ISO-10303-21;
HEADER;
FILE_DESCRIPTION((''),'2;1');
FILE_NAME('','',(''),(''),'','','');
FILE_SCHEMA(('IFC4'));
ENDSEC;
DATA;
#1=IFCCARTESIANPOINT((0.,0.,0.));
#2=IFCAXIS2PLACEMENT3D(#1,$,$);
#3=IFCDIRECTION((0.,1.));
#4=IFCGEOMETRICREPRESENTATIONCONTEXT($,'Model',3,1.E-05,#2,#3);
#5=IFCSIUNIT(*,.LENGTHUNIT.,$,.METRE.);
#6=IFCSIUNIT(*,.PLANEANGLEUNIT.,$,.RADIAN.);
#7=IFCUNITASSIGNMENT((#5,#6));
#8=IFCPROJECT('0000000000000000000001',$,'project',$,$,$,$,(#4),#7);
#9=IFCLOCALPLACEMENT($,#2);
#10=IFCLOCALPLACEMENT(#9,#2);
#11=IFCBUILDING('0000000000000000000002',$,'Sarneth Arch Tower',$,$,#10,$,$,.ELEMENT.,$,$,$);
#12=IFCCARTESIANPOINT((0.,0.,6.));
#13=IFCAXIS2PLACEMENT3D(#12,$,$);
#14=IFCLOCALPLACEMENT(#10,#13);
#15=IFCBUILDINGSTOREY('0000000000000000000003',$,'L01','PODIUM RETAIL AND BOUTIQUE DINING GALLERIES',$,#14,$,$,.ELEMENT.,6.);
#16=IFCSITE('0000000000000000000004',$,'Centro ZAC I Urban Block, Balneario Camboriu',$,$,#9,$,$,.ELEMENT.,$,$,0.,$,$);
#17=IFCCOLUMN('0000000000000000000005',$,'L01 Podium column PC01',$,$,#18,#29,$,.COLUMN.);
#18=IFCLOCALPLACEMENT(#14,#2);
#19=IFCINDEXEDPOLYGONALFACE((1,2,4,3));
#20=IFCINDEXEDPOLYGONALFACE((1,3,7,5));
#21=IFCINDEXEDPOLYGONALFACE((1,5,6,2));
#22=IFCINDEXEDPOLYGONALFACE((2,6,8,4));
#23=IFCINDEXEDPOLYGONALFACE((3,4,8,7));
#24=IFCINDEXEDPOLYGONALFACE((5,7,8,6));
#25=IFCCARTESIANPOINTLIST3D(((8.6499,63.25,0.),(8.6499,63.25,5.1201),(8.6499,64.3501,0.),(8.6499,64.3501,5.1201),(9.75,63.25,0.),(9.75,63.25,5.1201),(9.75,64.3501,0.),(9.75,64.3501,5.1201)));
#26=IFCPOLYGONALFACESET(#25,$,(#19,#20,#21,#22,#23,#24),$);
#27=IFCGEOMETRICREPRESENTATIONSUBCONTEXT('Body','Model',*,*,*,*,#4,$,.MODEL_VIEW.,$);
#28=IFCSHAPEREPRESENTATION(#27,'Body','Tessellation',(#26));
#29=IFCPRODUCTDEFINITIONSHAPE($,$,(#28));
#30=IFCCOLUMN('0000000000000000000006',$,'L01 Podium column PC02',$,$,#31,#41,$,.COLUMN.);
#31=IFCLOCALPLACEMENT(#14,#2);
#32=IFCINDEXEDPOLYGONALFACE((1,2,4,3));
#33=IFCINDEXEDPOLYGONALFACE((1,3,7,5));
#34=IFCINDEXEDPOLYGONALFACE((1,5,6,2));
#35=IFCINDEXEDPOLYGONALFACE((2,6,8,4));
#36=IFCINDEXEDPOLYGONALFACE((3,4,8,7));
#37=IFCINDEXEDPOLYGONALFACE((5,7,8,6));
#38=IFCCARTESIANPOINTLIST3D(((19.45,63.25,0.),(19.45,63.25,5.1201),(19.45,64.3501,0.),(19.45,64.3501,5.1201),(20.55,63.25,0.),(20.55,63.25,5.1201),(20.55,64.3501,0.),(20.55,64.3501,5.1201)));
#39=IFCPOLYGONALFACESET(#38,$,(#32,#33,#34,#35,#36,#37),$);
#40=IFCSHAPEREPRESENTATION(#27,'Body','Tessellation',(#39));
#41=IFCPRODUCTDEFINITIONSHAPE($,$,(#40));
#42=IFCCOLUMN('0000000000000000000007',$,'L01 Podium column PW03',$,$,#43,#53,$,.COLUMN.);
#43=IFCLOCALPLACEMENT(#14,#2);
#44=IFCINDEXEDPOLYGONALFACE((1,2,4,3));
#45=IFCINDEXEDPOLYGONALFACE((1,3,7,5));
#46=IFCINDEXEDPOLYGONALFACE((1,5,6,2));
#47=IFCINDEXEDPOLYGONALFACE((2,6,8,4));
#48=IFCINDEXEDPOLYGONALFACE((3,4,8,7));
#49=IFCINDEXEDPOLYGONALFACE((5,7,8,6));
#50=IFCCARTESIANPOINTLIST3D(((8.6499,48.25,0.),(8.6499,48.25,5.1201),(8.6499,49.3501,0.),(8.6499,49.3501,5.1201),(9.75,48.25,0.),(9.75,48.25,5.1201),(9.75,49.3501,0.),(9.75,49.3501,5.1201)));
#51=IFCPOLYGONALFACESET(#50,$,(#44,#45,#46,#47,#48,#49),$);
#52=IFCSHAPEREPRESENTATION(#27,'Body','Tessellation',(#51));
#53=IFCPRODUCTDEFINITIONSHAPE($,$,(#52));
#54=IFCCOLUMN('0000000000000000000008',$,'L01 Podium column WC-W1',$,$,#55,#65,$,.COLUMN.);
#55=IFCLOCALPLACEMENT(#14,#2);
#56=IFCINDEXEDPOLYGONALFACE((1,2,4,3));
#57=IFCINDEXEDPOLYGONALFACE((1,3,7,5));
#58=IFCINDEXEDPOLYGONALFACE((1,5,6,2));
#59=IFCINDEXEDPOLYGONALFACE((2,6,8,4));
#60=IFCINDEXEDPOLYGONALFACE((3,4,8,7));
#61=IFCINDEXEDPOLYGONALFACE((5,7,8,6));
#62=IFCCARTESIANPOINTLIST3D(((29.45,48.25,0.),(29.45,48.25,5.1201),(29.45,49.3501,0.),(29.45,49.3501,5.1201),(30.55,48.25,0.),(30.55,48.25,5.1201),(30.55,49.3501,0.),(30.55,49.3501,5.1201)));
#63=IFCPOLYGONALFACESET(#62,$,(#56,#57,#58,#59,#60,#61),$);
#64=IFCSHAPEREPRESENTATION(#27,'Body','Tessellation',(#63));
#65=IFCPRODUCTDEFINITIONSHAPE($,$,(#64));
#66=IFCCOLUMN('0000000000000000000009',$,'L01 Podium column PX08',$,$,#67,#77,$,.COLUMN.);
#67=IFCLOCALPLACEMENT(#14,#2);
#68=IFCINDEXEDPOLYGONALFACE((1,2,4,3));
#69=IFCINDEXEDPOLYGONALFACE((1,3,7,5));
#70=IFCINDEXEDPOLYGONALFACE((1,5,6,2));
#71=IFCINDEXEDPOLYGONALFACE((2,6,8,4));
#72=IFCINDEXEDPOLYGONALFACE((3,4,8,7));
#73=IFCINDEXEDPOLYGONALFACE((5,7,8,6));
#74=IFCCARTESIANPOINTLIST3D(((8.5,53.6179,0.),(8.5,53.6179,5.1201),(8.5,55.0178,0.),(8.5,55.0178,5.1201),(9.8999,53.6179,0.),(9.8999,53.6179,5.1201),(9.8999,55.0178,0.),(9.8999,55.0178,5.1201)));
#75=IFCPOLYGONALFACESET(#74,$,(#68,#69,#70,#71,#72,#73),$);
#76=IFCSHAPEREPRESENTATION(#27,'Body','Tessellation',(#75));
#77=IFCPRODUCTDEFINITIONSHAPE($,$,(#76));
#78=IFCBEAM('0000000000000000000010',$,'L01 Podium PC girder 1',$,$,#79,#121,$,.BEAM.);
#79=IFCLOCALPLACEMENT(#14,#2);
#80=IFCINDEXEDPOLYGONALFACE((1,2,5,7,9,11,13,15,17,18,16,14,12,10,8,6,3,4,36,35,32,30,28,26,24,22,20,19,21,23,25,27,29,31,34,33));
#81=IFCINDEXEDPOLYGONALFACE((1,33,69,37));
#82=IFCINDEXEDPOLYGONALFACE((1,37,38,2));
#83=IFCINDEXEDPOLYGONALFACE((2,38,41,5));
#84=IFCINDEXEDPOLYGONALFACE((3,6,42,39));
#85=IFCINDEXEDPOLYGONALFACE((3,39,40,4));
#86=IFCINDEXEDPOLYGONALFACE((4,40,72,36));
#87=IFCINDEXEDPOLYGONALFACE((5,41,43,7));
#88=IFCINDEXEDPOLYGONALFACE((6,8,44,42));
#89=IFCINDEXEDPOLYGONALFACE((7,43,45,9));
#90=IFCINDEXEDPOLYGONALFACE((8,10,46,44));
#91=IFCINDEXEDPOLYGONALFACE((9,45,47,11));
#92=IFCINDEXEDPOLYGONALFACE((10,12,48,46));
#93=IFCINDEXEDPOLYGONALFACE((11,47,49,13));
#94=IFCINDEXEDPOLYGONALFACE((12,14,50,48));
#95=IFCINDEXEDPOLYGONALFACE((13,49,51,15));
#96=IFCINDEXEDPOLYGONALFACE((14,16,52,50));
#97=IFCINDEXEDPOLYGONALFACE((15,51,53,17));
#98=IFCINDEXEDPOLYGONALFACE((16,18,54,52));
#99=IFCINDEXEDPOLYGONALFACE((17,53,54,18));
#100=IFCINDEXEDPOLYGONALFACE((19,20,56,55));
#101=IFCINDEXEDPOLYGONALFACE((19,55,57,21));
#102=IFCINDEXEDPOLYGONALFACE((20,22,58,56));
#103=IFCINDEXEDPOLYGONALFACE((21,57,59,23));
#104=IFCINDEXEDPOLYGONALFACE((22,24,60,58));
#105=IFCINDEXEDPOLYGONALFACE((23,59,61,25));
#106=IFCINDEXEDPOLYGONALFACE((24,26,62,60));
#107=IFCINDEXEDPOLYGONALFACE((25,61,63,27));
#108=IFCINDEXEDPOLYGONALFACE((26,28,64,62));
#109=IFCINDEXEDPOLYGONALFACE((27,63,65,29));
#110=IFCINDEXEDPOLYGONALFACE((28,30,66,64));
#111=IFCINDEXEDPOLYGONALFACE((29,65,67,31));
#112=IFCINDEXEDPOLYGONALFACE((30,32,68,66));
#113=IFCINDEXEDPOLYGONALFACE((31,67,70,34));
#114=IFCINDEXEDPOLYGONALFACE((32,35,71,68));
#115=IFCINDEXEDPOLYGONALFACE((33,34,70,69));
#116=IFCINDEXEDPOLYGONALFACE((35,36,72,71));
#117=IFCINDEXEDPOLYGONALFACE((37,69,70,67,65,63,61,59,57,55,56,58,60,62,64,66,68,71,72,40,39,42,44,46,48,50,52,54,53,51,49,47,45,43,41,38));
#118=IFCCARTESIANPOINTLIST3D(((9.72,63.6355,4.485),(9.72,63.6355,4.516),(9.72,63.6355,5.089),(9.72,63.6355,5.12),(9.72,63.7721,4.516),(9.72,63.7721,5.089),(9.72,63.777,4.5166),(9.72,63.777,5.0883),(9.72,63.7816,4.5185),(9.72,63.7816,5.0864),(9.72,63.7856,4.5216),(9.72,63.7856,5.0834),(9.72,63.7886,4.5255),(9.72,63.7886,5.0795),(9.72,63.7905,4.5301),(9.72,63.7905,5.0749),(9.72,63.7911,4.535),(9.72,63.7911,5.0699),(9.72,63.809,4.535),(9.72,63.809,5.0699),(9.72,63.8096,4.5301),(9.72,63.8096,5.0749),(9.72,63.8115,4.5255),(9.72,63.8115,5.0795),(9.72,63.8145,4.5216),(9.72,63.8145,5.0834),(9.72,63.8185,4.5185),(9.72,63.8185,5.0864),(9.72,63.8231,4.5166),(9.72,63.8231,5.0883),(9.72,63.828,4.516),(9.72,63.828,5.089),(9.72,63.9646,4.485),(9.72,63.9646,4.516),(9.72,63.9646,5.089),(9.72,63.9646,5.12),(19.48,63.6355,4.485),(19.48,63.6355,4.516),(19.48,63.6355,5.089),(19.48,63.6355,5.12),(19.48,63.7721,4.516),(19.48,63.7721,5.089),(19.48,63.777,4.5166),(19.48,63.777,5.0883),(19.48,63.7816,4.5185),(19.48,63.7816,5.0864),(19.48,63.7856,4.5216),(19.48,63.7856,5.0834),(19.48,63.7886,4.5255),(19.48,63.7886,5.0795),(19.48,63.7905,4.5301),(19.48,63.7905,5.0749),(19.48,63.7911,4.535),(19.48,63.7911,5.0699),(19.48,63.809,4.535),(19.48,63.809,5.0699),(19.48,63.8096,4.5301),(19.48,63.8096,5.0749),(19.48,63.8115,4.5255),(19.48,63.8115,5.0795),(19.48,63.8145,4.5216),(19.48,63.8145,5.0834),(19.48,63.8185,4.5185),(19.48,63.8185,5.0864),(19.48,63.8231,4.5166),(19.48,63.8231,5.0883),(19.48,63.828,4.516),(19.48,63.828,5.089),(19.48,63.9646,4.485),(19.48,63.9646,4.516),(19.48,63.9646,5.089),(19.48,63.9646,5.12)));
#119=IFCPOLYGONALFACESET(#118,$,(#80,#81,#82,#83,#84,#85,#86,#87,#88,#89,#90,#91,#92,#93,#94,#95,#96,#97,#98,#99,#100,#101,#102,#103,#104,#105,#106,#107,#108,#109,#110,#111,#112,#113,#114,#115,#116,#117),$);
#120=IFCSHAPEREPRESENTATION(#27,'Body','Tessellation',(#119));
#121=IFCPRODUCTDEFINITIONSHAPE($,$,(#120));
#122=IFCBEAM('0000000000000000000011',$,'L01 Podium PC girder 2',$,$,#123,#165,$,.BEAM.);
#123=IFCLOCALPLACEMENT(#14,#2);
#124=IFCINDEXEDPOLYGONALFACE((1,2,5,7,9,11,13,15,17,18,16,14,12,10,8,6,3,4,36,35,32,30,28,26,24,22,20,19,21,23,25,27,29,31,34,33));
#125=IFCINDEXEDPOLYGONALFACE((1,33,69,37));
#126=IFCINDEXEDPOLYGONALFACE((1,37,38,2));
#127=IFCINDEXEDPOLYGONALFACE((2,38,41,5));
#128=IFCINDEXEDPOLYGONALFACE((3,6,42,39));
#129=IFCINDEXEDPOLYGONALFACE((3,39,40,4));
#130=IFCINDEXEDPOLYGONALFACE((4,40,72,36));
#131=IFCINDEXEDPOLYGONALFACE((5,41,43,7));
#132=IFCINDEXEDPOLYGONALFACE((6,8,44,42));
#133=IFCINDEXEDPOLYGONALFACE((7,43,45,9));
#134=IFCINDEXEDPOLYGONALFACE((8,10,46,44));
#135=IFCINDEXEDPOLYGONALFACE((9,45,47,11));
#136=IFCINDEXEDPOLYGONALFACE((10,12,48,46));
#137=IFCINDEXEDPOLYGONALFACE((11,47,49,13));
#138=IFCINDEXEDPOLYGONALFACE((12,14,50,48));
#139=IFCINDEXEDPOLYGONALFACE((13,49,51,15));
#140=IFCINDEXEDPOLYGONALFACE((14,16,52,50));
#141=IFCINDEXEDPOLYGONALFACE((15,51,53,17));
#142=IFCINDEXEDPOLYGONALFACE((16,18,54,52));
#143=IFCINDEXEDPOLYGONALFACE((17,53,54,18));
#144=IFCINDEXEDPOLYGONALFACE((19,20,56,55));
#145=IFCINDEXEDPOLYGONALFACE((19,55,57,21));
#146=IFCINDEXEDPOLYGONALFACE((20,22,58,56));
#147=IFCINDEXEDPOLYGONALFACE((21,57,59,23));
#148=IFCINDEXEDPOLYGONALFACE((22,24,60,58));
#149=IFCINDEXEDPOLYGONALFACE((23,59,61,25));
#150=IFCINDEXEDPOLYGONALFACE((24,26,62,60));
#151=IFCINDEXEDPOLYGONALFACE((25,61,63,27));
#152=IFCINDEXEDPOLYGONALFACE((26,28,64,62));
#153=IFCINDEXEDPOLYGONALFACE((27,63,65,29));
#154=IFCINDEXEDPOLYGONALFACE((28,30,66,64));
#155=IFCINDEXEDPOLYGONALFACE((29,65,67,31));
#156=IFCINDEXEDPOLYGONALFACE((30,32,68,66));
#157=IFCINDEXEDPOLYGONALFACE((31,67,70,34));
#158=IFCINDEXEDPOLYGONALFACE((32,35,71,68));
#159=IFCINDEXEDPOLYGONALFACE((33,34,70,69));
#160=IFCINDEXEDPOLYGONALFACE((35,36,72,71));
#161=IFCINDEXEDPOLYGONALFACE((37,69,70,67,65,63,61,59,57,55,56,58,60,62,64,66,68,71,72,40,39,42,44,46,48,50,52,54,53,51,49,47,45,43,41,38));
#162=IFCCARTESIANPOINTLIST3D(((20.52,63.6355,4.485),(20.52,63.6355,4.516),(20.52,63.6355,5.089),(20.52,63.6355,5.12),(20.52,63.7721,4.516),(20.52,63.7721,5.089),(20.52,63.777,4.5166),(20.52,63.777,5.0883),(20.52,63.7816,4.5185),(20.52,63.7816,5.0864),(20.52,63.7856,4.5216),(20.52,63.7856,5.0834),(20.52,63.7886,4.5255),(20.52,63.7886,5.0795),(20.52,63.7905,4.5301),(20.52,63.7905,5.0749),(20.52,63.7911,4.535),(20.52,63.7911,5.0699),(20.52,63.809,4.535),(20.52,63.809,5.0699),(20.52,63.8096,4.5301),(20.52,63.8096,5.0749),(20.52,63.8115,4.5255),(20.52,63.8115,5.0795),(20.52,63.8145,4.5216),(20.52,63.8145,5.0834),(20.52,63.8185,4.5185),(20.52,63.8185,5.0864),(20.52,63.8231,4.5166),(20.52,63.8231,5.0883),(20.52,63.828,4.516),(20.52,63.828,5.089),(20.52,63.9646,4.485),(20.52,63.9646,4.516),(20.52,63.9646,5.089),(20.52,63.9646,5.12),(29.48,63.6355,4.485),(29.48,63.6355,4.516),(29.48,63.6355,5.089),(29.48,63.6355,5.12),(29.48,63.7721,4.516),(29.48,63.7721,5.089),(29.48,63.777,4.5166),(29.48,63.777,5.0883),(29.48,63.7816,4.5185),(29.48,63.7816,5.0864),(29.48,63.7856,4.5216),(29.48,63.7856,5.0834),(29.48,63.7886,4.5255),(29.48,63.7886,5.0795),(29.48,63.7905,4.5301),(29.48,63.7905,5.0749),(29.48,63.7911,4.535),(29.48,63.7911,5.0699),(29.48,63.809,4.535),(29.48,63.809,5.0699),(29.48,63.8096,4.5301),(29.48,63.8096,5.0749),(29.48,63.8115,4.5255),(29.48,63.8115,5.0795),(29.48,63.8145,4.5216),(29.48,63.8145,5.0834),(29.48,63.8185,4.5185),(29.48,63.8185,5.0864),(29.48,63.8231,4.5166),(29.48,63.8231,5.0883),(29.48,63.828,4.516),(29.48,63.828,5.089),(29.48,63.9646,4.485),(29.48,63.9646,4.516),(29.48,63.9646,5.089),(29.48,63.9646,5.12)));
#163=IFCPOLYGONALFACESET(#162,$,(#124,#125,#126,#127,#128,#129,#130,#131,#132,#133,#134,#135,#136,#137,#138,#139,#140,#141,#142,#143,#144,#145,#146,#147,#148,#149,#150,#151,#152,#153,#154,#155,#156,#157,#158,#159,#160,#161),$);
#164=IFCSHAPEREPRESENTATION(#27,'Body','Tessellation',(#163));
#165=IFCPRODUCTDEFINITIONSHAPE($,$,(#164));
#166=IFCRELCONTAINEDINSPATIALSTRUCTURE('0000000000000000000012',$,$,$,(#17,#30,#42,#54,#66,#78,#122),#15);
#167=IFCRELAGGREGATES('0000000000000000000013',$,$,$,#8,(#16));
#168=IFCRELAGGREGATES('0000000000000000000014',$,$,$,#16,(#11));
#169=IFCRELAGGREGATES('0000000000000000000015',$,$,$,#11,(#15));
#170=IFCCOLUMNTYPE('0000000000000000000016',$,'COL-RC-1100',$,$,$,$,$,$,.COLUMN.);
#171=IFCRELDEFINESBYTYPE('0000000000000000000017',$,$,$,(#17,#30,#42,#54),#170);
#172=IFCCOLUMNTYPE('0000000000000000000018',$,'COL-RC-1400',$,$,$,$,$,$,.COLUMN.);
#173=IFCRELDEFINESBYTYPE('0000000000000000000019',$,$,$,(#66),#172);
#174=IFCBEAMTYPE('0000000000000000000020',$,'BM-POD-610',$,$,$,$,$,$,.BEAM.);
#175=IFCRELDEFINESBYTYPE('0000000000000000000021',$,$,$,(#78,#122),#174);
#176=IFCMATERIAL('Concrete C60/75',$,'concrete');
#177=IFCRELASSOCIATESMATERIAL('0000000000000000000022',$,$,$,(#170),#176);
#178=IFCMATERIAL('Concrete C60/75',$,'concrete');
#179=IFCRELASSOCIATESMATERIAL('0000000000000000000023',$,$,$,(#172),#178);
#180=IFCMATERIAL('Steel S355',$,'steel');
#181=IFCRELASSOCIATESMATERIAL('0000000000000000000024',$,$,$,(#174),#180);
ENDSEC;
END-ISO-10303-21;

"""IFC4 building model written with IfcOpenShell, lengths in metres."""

from ifc_helpers import new_model, si_unit, direction, frame, origin, origin_2d, place, context, subcontext, project, spatial, rectangle, i_section, extrude, material, material_profile, profile_set, type_object, element, save


model = new_model("IFC4")

# Units and contexts
model_context = context("Model", 3, precision=1e-05, world=origin(), true_north=direction((0.0, 1.0)))
body_context = subcontext(model_context, "Body", "Model", "MODEL_VIEW")
ifc_project = project(units=[si_unit("LENGTHUNIT", "METRE"), si_unit("PLANEANGLEUNIT", "RADIAN")], contexts=[model_context])

# Site, building, storey
site_placement = place(None, origin())
site = spatial("IfcSite", under=ifc_project, at=site_placement, Name="Centro ZAC I Urban Block, Balneario Camboriu", CompositionType="ELEMENT", RefElevation=0.0)
building_placement = place(site_placement, origin())
building = spatial("IfcBuilding", under=site, at=building_placement, Name="Sarneth Arch Tower", CompositionType="ELEMENT")
storey_placement = place(building_placement, frame((0.0, 0.0, 6.0)))
storey = spatial("IfcBuildingStorey", under=building, at=storey_placement, Name="L01", Description="PODIUM RETAIL AND BOUTIQUE DINING GALLERIES", CompositionType="ELEMENT", Elevation=6.0)

# Columns
ifc_material_1 = material(Name="Concrete C60/75", Category="concrete")
ifc_material_profile_1 = material_profile(ifc_material_1, rectangle(XDim=1.1001, YDim=1.1001, at=origin_2d()), Name="RC-1100x1100")
ifc_profile_set_1 = profile_set([ifc_material_profile_1], Name="Concrete C60/75")
column_type_1 = type_object("IfcColumnType", Name="COL-RC-1100", PredefinedType="COLUMN", material=ifc_profile_set_1)
for number, where, z_axis, x_axis, name in (
    (1, (9.2, 63.8, 0.0), (0.0, 0.0, 1.0), (1.0, 0.0, 0.0), "L01 Podium column PC01"),
    (2, (20.0, 63.8, 0.0), (0.0, 0.0, 1.0), (1.0, 0.0, 0.0), "L01 Podium column PC02"),
    (3, (9.2, 48.8, 0.0), (0.0, 0.0, 1.0), (1.0, 0.0, 0.0), "L01 Podium column PW03"),
    (4, (30.0, 48.8, 0.0), (0.0, 0.0, 1.0), (1.0, 0.0, 0.0), "L01 Podium column WC-W1"),
):
    element("IfcColumn", number, at=place(storey_placement, frame(where, z_axis=z_axis, x_axis=x_axis)), inside=storey, type_object=column_type_1, Name=name, PredefinedType="COLUMN", context=body_context, shape_type="SweptSolid", body=[
        extrude(rectangle(XDim=1.1001, YDim=1.1001, at=origin_2d()), origin(), (0.0, 0.0, 1.0), 5.1201),
    ])
ifc_material_2 = material(Name="Concrete C60/75", Category="concrete")
ifc_material_profile_2 = material_profile(ifc_material_2, rectangle(XDim=1.3999, YDim=1.3999, at=origin_2d()), Name="RC-1400x1400")
ifc_profile_set_2 = profile_set([ifc_material_profile_2], Name="Concrete C60/75")
column_type_2 = type_object("IfcColumnType", Name="COL-RC-1400", PredefinedType="COLUMN", material=ifc_profile_set_2)
column_placement = place(storey_placement, frame((9.2, 54.3179, 0.0), z_axis=(0.0, 0.0, 1.0), x_axis=(1.0, 0.0, 0.0)))
element("IfcColumn", 5, at=column_placement, inside=storey, type_object=column_type_2, Name="L01 Podium column PX08", PredefinedType="COLUMN", context=body_context, shape_type="SweptSolid", body=[
    extrude(rectangle(XDim=1.3999, YDim=1.3999, at=origin_2d()), origin(), (0.0, 0.0, 1.0), 5.1201),
])

# Beams
ifc_material_3 = material(Name="Steel S355", Category="steel")
ifc_material_profile_3 = material_profile(ifc_material_3, i_section(OverallWidth=0.3291, OverallDepth=0.635, WebThickness=0.0178, FlangeThickness=0.031, FilletRadius=0.019, at=origin_2d()), Name="W610x241")
ifc_profile_set_3 = profile_set([ifc_material_profile_3], Name="Steel S355")
beam_type = type_object("IfcBeamType", Name="BM-POD-610", PredefinedType="BEAM", material=ifc_profile_set_3)
beam_1_placement = place(storey_placement, frame((9.72, 63.8, 4.8025), z_axis=(1.0, 0.0, 0.0), x_axis=(0.0, 1.0, 0.0)))
element("IfcBeam", 6, at=beam_1_placement, inside=storey, type_object=beam_type, Name="L01 Podium PC girder 1", PredefinedType="BEAM", context=body_context, shape_type="SweptSolid", body=[
    extrude(i_section(OverallWidth=0.3291, OverallDepth=0.635, WebThickness=0.0178, FlangeThickness=0.031, FilletRadius=0.019, at=origin_2d()), origin(), (0.0, 0.0, 1.0), 9.76),
])
beam_2_placement = place(storey_placement, frame((20.52, 63.8, 4.8025), z_axis=(1.0, 0.0, 0.0), x_axis=(0.0, 1.0, 0.0)))
element("IfcBeam", 7, at=beam_2_placement, inside=storey, type_object=beam_type, Name="L01 Podium PC girder 2", PredefinedType="BEAM", context=body_context, shape_type="SweptSolid", body=[
    extrude(i_section(OverallWidth=0.3291, OverallDepth=0.635, WebThickness=0.0178, FlangeThickness=0.031, FilletRadius=0.019, at=origin_2d()), origin(), (0.0, 0.0, 1.0), 8.96),
])

save(model, "model.ifc")
